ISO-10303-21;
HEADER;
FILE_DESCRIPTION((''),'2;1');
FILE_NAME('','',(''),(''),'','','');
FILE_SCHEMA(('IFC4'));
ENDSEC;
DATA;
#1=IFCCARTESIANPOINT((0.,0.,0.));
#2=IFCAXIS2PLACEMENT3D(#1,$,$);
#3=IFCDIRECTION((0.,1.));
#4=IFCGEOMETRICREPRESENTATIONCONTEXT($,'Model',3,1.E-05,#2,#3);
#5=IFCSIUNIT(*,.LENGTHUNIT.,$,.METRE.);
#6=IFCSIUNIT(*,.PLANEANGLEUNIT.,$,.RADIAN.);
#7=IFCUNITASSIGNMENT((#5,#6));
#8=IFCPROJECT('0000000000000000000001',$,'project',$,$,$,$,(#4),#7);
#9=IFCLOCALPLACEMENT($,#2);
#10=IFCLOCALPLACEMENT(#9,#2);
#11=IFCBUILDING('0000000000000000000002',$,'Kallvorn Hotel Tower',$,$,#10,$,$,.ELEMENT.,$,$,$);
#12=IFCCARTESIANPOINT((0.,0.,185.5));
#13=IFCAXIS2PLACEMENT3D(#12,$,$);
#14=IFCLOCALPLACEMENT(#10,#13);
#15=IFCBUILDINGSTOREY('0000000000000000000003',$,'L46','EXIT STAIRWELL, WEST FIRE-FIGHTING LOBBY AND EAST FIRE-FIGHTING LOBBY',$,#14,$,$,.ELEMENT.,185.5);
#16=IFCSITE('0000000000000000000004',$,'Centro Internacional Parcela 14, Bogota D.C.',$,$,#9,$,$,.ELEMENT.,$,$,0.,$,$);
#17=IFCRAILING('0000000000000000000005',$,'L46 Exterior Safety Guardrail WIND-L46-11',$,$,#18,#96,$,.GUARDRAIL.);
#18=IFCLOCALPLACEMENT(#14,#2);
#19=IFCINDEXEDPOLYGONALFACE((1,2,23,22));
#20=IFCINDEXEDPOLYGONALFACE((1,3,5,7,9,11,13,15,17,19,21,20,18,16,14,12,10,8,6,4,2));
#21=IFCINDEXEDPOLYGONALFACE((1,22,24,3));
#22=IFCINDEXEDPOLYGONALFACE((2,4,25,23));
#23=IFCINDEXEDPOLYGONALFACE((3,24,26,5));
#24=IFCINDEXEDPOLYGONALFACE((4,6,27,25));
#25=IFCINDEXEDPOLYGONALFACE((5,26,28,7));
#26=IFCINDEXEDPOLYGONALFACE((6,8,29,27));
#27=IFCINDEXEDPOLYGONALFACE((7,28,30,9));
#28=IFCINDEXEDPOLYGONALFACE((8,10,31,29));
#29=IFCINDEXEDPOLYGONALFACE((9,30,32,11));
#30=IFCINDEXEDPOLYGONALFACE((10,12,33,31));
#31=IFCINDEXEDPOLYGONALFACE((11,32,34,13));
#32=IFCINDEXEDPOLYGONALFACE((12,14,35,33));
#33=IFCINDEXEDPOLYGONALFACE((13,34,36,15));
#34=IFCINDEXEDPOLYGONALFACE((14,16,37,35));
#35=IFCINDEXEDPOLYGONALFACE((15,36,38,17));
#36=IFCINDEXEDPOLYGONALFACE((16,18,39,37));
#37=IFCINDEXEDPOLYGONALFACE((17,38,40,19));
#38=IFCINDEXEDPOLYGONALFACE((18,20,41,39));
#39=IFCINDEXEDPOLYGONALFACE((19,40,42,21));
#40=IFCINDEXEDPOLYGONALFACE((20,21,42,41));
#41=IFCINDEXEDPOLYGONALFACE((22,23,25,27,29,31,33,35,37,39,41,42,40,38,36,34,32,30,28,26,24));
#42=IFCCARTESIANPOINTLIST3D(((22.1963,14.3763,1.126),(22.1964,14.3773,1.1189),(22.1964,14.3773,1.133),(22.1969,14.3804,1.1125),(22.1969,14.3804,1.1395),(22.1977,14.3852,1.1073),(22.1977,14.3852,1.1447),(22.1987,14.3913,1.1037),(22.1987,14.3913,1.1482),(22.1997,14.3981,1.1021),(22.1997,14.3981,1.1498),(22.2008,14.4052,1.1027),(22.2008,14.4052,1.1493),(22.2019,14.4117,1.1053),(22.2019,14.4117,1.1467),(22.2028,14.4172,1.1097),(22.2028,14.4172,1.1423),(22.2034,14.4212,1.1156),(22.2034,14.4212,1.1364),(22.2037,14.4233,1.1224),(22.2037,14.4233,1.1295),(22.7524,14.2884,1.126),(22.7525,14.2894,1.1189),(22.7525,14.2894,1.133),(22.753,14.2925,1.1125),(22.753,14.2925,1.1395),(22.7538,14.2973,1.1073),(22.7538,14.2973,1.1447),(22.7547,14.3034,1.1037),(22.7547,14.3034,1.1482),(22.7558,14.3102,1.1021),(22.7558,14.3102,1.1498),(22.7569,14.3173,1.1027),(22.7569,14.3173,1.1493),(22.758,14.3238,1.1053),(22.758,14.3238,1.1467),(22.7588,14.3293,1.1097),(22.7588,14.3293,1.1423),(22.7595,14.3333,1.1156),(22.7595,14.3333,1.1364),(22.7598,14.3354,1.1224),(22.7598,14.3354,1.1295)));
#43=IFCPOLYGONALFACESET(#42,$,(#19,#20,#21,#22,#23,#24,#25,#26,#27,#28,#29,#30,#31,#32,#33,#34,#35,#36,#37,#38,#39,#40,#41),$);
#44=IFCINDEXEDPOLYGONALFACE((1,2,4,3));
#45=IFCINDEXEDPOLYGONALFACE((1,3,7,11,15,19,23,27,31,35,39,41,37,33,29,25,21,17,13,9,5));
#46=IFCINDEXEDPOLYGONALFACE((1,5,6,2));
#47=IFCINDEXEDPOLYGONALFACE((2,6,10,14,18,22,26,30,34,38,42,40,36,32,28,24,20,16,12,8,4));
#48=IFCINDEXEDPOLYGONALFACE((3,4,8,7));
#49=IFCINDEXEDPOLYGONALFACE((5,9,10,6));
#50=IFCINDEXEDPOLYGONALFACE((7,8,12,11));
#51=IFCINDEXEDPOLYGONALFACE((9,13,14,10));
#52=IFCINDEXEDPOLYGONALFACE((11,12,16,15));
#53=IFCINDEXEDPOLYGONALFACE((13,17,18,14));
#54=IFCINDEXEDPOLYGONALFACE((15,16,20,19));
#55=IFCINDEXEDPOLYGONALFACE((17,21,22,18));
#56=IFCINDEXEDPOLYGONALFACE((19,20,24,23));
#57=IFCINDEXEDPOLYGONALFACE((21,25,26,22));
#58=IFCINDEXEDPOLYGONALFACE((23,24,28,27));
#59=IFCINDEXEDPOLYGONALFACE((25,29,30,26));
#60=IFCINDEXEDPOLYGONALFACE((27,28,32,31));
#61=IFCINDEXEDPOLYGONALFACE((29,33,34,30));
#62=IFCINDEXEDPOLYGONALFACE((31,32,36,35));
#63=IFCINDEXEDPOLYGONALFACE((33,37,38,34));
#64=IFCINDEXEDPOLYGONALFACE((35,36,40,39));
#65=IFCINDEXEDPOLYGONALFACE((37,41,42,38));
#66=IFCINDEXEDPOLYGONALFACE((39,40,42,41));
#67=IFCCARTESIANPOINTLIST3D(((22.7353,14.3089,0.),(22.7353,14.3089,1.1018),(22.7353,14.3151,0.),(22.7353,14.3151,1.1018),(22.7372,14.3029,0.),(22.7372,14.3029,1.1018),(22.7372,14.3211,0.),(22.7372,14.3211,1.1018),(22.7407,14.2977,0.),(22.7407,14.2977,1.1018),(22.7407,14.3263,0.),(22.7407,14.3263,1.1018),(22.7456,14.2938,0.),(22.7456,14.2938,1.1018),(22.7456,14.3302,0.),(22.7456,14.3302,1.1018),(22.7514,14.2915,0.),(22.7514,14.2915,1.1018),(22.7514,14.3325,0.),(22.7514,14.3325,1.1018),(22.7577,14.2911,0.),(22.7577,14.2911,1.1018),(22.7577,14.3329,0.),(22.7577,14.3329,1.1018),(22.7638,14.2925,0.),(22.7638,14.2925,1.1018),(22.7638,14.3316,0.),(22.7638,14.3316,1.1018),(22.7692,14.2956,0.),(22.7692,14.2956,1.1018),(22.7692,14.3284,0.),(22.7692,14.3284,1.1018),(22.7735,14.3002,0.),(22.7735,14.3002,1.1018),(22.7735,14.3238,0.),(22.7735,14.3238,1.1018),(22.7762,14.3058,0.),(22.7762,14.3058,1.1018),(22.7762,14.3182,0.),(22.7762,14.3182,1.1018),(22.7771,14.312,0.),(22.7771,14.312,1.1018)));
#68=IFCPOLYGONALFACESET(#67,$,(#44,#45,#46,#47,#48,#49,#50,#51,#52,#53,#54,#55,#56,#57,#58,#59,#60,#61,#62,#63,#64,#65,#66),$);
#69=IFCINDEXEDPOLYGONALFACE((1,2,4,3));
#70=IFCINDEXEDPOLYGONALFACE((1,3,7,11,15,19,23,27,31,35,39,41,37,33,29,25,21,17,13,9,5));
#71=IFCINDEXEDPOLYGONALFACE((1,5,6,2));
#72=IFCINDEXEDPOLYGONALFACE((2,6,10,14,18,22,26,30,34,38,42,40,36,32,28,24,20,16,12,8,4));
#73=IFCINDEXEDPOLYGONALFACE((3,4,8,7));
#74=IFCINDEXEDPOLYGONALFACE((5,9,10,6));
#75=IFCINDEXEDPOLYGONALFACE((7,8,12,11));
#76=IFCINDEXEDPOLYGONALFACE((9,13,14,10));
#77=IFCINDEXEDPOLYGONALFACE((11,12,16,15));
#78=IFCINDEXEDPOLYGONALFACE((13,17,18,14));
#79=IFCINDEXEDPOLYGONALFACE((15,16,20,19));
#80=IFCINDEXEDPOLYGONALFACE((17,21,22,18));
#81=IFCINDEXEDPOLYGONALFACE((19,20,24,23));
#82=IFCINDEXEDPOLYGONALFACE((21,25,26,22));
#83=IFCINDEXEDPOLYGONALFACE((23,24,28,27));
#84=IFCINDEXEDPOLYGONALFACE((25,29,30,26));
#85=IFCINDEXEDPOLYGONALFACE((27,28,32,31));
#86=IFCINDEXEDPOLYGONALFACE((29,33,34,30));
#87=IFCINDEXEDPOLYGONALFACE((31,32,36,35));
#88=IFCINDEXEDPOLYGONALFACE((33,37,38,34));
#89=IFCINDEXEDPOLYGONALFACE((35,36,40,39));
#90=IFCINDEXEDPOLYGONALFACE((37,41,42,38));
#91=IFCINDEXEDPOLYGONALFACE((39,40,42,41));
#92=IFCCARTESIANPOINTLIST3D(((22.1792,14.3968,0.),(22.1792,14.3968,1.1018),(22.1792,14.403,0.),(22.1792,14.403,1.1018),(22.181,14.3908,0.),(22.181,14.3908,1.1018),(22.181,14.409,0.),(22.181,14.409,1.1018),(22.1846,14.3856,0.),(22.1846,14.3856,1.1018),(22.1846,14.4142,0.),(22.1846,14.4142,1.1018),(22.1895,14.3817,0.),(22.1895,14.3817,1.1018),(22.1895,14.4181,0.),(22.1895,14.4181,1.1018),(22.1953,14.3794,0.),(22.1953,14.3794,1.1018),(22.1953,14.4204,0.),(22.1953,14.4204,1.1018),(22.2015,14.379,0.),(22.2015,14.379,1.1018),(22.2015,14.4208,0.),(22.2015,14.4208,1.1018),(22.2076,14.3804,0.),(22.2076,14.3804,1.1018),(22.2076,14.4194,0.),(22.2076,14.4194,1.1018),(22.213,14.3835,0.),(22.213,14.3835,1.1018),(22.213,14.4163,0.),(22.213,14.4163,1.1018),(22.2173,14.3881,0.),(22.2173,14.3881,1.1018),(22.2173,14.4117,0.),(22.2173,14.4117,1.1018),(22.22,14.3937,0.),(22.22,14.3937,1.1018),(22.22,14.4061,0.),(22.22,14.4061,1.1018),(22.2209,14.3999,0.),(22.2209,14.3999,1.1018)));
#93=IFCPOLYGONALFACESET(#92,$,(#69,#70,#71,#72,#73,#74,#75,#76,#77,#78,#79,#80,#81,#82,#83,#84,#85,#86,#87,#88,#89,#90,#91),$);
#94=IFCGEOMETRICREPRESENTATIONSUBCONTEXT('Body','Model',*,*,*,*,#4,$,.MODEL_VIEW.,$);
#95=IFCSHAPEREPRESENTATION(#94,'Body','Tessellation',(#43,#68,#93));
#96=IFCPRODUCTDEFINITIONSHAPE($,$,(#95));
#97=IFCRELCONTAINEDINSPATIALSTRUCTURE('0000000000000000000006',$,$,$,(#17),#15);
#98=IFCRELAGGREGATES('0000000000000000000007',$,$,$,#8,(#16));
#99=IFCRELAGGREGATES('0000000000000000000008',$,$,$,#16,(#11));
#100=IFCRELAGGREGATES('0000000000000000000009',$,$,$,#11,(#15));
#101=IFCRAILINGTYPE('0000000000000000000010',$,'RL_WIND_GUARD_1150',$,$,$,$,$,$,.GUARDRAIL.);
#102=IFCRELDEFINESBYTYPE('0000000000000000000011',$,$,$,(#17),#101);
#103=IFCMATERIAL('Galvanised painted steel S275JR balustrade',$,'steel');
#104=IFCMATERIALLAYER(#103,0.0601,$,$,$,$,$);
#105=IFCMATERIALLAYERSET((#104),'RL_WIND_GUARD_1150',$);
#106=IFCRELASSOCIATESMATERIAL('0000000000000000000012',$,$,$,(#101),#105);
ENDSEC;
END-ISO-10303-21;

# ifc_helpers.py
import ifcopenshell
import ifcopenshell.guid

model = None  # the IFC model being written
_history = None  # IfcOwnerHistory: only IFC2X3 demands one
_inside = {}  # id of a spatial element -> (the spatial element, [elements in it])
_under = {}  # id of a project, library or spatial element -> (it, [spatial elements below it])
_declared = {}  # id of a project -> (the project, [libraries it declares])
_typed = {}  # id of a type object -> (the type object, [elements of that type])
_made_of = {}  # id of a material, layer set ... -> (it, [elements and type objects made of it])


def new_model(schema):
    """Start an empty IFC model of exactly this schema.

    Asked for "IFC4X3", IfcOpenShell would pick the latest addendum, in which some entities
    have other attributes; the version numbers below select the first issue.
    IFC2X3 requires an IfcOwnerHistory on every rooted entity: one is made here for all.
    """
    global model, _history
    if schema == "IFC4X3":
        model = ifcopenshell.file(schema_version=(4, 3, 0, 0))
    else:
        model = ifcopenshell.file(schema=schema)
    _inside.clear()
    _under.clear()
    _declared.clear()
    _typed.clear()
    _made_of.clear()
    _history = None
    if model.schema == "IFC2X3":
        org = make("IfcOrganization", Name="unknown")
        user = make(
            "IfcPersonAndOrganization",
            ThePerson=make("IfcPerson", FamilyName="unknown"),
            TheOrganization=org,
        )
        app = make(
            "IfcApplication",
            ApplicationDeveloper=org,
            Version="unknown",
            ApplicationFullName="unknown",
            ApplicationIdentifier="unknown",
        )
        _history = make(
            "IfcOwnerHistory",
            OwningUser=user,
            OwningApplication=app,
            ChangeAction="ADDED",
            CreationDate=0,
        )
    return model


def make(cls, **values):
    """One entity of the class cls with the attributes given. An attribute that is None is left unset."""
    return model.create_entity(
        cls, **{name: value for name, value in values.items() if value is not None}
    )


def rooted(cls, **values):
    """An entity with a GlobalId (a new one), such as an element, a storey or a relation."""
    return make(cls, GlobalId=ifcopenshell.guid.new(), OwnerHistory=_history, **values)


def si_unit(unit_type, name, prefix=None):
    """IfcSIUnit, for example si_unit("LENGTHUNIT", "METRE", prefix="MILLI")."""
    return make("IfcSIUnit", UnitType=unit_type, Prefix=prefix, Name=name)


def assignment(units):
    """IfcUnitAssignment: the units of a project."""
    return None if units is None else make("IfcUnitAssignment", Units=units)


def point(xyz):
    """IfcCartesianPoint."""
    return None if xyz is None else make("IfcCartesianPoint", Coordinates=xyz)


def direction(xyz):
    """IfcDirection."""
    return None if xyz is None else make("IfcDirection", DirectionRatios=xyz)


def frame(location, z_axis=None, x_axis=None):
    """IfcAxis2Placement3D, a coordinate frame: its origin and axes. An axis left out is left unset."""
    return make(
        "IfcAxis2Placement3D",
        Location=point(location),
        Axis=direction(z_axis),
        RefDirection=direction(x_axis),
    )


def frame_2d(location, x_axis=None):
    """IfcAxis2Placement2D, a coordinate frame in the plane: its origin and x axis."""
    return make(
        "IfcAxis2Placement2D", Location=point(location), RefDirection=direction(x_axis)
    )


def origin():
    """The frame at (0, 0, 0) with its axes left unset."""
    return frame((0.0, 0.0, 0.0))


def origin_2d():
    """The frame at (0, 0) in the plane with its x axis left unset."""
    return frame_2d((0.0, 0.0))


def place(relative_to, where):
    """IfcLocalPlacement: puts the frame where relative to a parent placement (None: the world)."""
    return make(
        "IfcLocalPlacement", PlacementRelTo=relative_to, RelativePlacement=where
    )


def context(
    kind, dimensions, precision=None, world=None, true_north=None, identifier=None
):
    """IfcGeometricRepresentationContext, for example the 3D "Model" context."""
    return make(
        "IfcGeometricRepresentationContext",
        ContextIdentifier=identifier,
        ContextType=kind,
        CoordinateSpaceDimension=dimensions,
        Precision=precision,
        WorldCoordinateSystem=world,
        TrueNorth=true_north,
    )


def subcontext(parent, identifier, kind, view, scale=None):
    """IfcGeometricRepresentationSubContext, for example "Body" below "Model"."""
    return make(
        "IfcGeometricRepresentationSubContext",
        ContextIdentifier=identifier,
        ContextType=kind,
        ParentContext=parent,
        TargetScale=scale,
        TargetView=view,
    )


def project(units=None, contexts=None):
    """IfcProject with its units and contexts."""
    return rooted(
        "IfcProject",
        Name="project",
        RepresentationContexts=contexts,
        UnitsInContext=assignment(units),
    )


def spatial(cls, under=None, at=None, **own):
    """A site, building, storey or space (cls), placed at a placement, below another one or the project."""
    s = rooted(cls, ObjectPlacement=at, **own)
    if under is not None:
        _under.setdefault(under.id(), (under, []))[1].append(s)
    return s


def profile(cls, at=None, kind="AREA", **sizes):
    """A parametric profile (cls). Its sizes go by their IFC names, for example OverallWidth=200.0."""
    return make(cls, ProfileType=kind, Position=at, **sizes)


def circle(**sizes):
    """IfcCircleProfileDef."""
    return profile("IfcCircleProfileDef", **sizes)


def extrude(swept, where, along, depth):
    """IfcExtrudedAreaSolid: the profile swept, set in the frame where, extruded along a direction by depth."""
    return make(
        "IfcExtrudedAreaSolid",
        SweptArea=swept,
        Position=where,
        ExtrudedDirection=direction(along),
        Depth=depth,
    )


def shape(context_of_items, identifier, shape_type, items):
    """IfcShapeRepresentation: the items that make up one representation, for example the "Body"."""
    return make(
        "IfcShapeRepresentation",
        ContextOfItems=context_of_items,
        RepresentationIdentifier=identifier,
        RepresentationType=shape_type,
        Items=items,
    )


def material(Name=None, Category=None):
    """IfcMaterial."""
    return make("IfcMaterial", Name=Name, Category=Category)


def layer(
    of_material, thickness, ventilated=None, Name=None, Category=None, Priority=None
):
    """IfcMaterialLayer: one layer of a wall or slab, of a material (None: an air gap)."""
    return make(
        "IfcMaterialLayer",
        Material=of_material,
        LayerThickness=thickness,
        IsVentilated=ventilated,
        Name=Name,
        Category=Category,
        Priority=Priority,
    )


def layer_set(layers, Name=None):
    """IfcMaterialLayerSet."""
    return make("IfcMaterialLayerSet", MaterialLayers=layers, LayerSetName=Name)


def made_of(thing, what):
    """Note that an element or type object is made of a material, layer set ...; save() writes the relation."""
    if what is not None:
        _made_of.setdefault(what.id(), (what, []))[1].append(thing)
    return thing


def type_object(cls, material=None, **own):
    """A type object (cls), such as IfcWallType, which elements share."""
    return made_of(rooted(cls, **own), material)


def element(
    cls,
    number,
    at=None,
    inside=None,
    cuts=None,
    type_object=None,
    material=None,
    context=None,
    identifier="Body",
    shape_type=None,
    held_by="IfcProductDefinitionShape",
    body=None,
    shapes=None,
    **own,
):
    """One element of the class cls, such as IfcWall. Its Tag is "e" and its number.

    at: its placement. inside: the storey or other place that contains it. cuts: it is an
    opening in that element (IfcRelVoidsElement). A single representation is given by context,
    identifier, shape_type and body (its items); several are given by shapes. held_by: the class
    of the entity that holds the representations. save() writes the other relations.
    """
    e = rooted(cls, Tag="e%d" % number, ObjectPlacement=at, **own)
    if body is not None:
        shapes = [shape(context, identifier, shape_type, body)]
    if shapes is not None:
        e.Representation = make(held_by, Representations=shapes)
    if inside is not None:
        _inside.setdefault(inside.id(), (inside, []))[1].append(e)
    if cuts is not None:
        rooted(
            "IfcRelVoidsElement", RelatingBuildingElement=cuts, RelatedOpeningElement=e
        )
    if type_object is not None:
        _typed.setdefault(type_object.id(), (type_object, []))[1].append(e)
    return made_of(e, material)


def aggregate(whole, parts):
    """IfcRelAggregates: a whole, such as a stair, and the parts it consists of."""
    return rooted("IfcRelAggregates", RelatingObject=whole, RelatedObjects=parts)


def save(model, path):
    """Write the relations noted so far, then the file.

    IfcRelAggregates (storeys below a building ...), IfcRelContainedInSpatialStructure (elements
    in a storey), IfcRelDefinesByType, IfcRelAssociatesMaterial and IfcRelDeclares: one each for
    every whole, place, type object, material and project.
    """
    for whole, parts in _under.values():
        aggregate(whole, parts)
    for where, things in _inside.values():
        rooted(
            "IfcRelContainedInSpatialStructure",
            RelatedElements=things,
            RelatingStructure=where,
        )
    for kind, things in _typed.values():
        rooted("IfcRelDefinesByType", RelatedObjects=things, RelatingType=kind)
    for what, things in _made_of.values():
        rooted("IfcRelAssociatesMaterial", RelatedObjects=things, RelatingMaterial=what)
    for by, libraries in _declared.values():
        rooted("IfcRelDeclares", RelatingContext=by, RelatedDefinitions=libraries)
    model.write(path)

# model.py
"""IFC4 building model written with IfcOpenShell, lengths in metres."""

from ifc_helpers import new_model, si_unit, direction, frame, origin, origin_2d, place, context, subcontext, project, spatial, circle, extrude, material, layer, layer_set, type_object, element, save


model = new_model("IFC4")

# Units and contexts
model_context = context("Model", 3, precision=1e-05, world=origin(), true_north=direction((0.0, 1.0)))
body_context = subcontext(model_context, "Body", "Model", "MODEL_VIEW")
ifc_project = project(units=[si_unit("LENGTHUNIT", "METRE"), si_unit("PLANEANGLEUNIT", "RADIAN")], contexts=[model_context])

# Site, building, storey
site_placement = place(None, origin())
site = spatial("IfcSite", under=ifc_project, at=site_placement, Name="Centro Internacional Parcela 14, Bogota D.C.", CompositionType="ELEMENT", RefElevation=0.0)
building_placement = place(site_placement, origin())
building = spatial("IfcBuilding", under=site, at=building_placement, Name="Kallvorn Hotel Tower", CompositionType="ELEMENT")
storey_placement = place(building_placement, frame((0.0, 0.0, 185.5)))
storey = spatial("IfcBuildingStorey", under=building, at=storey_placement, Name="L46", Description="EXIT STAIRWELL, WEST FIRE-FIGHTING LOBBY AND EAST FIRE-FIGHTING LOBBY", CompositionType="ELEMENT", Elevation=185.5)

# Railing
ifc_material_1 = material(Name="Galvanised painted steel S275JR balustrade", Category="steel")
ifc_layer_1 = layer(ifc_material_1, 0.0601)
ifc_layer_set_1 = layer_set([ifc_layer_1], Name="RL_WIND_GUARD_1150")
railing_type = type_object("IfcRailingType", Name="RL_WIND_GUARD_1150", PredefinedType="GUARDRAIL", material=ifc_layer_set_1)
railing_1_placement = place(storey_placement, frame((22.7561, 14.312, 0.0)))
element("IfcRailing", 1, at=railing_1_placement, inside=storey, type_object=railing_type, Name="L46 Exterior Safety Guardrail WIND-L46-11", PredefinedType="GUARDRAIL", context=body_context, shape_type="SweptSolid", body=[
    extrude(circle(Radius=0.0239, at=origin_2d()), frame((0.0, 0.0, 1.126), z_axis=(-0.987742, 0.156096, 0.0), x_axis=(-0.156096, -0.987742, 0.0)), (0.0, 0.0, 1.0), 0.563),
    extrude(circle(Radius=0.021, at=origin_2d()), origin(), (0.0, 0.0, 1.0), 1.1018),
    extrude(circle(Radius=0.021, at=origin_2d()), frame((-0.5562, 0.0879, 0.0)), (0.0, 0.0, 1.0), 1.1018),
])

save(model, "model.ifc")
